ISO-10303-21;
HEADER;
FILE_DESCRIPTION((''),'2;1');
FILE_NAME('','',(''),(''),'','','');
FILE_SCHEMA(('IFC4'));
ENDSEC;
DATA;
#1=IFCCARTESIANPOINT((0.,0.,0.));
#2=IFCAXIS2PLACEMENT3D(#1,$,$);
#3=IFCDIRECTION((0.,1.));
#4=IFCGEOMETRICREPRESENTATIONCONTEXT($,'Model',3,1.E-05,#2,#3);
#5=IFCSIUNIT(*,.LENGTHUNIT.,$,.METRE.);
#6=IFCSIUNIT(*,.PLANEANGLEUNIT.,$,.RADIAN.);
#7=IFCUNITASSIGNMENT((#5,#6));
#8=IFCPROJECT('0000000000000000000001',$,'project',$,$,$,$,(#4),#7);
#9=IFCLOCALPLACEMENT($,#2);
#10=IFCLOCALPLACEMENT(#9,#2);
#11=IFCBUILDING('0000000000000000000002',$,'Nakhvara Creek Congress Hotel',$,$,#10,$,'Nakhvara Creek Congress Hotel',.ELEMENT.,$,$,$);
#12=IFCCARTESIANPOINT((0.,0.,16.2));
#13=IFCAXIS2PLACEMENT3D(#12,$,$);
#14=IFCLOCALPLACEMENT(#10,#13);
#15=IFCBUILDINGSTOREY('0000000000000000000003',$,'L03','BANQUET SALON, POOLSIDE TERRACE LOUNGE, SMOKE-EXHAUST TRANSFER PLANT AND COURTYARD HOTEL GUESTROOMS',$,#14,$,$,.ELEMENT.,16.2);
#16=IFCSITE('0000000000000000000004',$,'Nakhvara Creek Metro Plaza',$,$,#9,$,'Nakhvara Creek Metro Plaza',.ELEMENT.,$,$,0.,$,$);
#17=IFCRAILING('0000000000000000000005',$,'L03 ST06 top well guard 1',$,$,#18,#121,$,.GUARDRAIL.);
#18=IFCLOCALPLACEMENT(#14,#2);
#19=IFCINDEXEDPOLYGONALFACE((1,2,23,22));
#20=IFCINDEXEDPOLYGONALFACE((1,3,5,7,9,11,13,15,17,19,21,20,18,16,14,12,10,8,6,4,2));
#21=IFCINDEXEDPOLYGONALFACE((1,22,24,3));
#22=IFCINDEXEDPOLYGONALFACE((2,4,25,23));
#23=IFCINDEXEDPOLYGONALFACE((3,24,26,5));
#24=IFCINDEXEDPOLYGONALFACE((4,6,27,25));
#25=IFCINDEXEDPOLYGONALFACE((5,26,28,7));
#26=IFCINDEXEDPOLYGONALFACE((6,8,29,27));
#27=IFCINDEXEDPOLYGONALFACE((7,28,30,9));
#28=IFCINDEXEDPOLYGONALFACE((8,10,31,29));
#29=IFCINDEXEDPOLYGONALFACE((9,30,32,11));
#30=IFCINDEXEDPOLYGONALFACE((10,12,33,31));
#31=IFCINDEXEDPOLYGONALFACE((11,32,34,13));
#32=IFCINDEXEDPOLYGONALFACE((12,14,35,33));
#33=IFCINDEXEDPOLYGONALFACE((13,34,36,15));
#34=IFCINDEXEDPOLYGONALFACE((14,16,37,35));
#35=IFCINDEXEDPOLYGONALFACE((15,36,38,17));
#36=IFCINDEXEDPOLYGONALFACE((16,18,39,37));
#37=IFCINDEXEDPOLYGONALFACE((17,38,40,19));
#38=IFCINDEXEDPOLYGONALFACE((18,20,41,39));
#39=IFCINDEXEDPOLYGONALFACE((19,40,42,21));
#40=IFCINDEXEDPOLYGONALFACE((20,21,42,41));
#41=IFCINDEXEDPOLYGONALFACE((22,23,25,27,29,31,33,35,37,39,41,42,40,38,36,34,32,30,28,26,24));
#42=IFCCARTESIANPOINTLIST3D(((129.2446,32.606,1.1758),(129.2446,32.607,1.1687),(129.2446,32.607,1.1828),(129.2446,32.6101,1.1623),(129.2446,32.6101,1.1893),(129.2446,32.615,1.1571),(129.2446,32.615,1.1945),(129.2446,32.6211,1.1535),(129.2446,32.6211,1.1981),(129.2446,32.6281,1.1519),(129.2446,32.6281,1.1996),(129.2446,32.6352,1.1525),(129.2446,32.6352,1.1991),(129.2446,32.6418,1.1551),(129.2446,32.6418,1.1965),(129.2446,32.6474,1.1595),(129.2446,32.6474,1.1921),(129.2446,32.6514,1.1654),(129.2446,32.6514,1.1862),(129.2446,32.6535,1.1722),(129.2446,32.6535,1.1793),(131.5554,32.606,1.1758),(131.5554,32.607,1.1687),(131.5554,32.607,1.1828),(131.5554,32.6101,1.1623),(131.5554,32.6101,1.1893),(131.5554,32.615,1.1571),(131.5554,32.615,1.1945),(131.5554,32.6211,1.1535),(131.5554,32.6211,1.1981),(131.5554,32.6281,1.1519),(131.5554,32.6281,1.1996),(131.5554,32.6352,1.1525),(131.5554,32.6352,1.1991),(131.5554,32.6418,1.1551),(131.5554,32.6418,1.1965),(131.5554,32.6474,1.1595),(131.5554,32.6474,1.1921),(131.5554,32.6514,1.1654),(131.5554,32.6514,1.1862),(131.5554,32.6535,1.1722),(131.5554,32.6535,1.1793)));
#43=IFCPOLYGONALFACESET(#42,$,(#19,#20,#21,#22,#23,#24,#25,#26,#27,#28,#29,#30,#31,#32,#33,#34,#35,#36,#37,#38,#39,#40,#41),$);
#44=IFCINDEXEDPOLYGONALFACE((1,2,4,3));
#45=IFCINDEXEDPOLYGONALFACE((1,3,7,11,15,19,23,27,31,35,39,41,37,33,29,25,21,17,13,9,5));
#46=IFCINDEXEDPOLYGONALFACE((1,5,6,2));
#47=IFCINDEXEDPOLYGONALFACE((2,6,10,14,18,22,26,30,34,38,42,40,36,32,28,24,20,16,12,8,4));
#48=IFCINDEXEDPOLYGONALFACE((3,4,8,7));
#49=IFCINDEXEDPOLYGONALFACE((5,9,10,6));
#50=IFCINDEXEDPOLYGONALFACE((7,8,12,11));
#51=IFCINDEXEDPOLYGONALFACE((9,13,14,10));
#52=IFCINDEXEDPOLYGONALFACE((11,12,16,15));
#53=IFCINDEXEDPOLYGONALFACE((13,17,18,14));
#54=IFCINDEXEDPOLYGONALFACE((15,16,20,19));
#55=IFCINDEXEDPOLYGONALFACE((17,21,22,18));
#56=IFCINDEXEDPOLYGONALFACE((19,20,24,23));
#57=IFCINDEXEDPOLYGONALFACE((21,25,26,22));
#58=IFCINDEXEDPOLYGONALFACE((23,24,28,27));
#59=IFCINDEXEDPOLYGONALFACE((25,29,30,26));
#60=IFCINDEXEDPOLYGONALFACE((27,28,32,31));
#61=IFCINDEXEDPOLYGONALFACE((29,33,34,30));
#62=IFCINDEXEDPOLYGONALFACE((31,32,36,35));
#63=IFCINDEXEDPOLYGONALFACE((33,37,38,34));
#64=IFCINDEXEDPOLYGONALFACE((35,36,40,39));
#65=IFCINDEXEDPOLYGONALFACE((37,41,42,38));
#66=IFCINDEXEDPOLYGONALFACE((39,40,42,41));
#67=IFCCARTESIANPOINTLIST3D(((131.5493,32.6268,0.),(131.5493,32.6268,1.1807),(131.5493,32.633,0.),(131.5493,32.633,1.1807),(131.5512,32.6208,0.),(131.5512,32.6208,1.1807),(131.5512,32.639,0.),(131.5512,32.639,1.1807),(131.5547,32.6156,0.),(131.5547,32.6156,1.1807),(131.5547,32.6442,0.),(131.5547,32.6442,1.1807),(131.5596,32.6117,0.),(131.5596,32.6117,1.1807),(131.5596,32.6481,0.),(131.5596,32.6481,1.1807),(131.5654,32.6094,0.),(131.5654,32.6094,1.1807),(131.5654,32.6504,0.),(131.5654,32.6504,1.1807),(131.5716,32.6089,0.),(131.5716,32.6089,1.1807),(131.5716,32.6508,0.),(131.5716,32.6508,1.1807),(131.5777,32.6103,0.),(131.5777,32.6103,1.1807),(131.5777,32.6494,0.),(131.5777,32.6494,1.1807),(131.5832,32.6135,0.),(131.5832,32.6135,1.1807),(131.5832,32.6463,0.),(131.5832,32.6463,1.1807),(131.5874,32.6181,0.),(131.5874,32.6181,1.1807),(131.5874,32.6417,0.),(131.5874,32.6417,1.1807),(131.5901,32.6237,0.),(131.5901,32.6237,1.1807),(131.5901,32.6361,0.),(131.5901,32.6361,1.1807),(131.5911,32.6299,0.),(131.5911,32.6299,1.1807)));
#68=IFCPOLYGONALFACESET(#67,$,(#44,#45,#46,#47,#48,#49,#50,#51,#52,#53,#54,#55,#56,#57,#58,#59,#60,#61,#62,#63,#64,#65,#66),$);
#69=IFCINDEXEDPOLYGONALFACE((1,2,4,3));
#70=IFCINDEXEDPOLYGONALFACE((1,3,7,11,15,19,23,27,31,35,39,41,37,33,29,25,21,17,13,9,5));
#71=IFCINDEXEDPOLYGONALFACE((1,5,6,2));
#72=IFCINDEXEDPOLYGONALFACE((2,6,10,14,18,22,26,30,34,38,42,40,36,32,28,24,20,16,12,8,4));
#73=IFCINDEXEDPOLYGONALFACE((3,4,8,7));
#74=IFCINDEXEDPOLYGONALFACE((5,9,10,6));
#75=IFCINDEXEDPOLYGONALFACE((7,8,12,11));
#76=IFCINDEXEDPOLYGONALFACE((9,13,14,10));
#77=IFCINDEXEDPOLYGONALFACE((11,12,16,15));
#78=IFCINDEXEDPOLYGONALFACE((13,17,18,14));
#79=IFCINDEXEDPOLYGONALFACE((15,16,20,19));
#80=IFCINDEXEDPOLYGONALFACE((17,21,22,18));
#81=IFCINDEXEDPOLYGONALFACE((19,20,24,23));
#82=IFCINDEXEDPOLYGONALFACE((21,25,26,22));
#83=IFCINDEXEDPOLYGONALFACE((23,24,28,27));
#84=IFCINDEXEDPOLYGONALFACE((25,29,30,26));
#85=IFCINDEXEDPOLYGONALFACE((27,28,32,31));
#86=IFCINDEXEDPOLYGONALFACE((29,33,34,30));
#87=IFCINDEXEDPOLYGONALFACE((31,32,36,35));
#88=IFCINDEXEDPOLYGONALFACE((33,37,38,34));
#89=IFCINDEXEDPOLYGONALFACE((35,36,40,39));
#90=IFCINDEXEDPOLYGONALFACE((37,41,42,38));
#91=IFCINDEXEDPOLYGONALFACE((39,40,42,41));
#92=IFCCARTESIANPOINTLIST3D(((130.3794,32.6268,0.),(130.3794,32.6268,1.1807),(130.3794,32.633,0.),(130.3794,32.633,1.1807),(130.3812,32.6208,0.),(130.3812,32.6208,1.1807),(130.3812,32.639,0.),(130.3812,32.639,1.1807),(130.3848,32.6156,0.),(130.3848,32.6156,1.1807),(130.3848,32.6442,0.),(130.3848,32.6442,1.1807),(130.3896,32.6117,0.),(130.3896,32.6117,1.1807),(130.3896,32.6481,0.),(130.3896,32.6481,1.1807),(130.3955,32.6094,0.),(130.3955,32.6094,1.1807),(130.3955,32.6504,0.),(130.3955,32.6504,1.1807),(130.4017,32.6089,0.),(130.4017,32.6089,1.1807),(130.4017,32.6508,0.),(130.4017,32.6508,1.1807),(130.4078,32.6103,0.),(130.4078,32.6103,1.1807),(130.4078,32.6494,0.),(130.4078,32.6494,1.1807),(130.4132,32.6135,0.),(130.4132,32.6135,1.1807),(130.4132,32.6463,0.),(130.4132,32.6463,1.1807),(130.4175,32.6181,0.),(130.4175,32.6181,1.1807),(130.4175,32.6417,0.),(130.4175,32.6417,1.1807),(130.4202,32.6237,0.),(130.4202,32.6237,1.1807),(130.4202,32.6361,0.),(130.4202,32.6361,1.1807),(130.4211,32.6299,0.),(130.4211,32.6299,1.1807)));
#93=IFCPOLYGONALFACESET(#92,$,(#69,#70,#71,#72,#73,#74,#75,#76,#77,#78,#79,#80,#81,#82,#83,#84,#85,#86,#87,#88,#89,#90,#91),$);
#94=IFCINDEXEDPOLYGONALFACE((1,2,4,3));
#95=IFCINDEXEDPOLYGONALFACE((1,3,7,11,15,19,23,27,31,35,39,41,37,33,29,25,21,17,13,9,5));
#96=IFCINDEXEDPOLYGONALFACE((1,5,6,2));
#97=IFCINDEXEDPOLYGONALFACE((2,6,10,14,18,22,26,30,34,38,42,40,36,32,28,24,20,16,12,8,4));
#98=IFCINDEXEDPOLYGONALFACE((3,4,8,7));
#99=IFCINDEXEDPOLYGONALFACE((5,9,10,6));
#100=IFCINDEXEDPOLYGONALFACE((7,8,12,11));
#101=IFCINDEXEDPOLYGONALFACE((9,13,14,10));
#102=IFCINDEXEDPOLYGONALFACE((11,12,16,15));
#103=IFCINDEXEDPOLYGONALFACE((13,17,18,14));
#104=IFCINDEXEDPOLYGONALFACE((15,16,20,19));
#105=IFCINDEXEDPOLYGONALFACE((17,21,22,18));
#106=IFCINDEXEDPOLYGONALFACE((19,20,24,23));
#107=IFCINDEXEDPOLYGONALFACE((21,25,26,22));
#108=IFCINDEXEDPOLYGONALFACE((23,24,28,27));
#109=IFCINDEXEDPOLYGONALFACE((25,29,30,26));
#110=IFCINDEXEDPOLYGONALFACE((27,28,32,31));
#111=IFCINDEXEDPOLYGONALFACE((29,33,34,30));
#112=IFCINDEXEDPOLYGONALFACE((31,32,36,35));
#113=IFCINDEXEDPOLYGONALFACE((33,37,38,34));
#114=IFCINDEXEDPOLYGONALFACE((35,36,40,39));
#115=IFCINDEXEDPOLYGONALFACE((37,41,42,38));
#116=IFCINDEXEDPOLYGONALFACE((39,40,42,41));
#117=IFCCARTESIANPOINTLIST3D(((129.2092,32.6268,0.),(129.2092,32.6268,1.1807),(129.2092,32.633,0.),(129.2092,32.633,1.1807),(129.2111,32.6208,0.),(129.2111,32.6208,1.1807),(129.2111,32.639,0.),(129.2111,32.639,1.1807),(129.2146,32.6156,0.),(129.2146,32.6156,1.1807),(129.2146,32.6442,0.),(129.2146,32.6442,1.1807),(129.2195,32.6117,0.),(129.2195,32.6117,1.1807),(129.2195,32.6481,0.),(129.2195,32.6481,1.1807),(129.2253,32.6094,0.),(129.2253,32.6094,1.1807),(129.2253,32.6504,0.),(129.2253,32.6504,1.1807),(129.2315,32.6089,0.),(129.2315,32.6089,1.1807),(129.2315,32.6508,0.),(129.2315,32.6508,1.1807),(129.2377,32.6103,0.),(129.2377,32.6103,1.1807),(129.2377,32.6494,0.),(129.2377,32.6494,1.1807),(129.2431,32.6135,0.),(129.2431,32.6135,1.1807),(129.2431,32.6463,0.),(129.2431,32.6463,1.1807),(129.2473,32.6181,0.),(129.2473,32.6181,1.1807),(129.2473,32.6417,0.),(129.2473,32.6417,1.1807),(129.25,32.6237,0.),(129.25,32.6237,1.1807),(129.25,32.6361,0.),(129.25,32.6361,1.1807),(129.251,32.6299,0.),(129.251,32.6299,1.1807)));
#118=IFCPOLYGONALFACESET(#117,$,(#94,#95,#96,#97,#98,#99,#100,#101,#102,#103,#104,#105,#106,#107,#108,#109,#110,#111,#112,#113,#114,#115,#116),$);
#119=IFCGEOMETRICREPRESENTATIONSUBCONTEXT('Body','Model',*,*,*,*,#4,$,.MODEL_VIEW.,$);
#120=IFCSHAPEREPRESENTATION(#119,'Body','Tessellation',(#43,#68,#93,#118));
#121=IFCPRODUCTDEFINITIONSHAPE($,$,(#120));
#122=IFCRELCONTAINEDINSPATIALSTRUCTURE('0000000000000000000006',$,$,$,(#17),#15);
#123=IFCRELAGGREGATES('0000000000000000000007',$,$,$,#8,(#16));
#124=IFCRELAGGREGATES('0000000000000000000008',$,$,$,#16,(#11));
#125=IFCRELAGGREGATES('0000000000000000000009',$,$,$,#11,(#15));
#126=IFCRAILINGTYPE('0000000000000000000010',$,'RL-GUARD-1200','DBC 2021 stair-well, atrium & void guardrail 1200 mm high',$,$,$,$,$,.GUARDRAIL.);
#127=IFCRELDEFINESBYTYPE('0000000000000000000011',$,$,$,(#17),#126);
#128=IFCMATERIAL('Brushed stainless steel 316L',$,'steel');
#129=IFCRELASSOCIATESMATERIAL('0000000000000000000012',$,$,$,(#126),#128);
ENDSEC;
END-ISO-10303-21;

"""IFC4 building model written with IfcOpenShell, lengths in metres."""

from ifc_helpers import new_model, si_unit, direction, frame, origin, origin_2d, place, context, subcontext, project, spatial, circle, extrude, material, type_object, element, save


model = new_model("IFC4")

# Units and contexts
model_context = context("Model", 3, precision=1e-05, world=origin(), true_north=direction((0.0, 1.0)))
body_context = subcontext(model_context, "Body", "Model", "MODEL_VIEW")
ifc_project = project(units=[si_unit("LENGTHUNIT", "METRE"), si_unit("PLANEANGLEUNIT", "RADIAN")], contexts=[model_context])

# Site, building, storey
site_placement = place(None, origin())
site = spatial("IfcSite", under=ifc_project, at=site_placement, Name="Nakhvara Creek Metro Plaza", LongName="Nakhvara Creek Metro Plaza", CompositionType="ELEMENT", RefElevation=0.0)
building_placement = place(site_placement, origin())
building = spatial("IfcBuilding", under=site, at=building_placement, Name="Nakhvara Creek Congress Hotel", LongName="Nakhvara Creek Congress Hotel", CompositionType="ELEMENT")
storey_placement = place(building_placement, frame((0.0, 0.0, 16.2)))
storey = spatial("IfcBuildingStorey", under=building, at=storey_placement, Name="L03", Description="BANQUET SALON, POOLSIDE TERRACE LOUNGE, SMOKE-EXHAUST TRANSFER PLANT AND COURTYARD HOTEL GUESTROOMS", CompositionType="ELEMENT", Elevation=16.2)

# Railing
ifc_material_1 = material(Name="Brushed stainless steel 316L", Category="steel")
railing_type = type_object("IfcRailingType", Name="RL-GUARD-1200", Description="DBC 2021 stair-well, atrium & void guardrail 1200 mm high", PredefinedType="GUARDRAIL", material=ifc_material_1)
railing_placement = place(storey_placement, frame((131.5701, 32.6299, 0.0)))
element("IfcRailing", 1, at=railing_placement, inside=storey, type_object=railing_type, Name="L03 ST06 top well guard 1", PredefinedType="GUARDRAIL", context=body_context, shape_type="SweptSolid", body=[
    extrude(circle(Radius=0.0239, at=origin_2d()), frame((-0.0146, 0.0, 1.1758), z_axis=(-1.0, 0.0, 0.0), x_axis=(0.0, -1.0, 0.0)), (0.0, 0.0, 1.0), 2.3108),
    extrude(circle(Radius=0.021, at=origin_2d()), origin(), (0.0, 0.0, 1.0), 1.1807),
    extrude(circle(Radius=0.021, at=origin_2d()), frame((-1.1699, 0.0, 0.0)), (0.0, 0.0, 1.0), 1.1807),
    extrude(circle(Radius=0.021, at=origin_2d()), frame((-2.3401, 0.0, 0.0)), (0.0, 0.0, 1.0), 1.1807),
])

save(model, "model.ifc")
